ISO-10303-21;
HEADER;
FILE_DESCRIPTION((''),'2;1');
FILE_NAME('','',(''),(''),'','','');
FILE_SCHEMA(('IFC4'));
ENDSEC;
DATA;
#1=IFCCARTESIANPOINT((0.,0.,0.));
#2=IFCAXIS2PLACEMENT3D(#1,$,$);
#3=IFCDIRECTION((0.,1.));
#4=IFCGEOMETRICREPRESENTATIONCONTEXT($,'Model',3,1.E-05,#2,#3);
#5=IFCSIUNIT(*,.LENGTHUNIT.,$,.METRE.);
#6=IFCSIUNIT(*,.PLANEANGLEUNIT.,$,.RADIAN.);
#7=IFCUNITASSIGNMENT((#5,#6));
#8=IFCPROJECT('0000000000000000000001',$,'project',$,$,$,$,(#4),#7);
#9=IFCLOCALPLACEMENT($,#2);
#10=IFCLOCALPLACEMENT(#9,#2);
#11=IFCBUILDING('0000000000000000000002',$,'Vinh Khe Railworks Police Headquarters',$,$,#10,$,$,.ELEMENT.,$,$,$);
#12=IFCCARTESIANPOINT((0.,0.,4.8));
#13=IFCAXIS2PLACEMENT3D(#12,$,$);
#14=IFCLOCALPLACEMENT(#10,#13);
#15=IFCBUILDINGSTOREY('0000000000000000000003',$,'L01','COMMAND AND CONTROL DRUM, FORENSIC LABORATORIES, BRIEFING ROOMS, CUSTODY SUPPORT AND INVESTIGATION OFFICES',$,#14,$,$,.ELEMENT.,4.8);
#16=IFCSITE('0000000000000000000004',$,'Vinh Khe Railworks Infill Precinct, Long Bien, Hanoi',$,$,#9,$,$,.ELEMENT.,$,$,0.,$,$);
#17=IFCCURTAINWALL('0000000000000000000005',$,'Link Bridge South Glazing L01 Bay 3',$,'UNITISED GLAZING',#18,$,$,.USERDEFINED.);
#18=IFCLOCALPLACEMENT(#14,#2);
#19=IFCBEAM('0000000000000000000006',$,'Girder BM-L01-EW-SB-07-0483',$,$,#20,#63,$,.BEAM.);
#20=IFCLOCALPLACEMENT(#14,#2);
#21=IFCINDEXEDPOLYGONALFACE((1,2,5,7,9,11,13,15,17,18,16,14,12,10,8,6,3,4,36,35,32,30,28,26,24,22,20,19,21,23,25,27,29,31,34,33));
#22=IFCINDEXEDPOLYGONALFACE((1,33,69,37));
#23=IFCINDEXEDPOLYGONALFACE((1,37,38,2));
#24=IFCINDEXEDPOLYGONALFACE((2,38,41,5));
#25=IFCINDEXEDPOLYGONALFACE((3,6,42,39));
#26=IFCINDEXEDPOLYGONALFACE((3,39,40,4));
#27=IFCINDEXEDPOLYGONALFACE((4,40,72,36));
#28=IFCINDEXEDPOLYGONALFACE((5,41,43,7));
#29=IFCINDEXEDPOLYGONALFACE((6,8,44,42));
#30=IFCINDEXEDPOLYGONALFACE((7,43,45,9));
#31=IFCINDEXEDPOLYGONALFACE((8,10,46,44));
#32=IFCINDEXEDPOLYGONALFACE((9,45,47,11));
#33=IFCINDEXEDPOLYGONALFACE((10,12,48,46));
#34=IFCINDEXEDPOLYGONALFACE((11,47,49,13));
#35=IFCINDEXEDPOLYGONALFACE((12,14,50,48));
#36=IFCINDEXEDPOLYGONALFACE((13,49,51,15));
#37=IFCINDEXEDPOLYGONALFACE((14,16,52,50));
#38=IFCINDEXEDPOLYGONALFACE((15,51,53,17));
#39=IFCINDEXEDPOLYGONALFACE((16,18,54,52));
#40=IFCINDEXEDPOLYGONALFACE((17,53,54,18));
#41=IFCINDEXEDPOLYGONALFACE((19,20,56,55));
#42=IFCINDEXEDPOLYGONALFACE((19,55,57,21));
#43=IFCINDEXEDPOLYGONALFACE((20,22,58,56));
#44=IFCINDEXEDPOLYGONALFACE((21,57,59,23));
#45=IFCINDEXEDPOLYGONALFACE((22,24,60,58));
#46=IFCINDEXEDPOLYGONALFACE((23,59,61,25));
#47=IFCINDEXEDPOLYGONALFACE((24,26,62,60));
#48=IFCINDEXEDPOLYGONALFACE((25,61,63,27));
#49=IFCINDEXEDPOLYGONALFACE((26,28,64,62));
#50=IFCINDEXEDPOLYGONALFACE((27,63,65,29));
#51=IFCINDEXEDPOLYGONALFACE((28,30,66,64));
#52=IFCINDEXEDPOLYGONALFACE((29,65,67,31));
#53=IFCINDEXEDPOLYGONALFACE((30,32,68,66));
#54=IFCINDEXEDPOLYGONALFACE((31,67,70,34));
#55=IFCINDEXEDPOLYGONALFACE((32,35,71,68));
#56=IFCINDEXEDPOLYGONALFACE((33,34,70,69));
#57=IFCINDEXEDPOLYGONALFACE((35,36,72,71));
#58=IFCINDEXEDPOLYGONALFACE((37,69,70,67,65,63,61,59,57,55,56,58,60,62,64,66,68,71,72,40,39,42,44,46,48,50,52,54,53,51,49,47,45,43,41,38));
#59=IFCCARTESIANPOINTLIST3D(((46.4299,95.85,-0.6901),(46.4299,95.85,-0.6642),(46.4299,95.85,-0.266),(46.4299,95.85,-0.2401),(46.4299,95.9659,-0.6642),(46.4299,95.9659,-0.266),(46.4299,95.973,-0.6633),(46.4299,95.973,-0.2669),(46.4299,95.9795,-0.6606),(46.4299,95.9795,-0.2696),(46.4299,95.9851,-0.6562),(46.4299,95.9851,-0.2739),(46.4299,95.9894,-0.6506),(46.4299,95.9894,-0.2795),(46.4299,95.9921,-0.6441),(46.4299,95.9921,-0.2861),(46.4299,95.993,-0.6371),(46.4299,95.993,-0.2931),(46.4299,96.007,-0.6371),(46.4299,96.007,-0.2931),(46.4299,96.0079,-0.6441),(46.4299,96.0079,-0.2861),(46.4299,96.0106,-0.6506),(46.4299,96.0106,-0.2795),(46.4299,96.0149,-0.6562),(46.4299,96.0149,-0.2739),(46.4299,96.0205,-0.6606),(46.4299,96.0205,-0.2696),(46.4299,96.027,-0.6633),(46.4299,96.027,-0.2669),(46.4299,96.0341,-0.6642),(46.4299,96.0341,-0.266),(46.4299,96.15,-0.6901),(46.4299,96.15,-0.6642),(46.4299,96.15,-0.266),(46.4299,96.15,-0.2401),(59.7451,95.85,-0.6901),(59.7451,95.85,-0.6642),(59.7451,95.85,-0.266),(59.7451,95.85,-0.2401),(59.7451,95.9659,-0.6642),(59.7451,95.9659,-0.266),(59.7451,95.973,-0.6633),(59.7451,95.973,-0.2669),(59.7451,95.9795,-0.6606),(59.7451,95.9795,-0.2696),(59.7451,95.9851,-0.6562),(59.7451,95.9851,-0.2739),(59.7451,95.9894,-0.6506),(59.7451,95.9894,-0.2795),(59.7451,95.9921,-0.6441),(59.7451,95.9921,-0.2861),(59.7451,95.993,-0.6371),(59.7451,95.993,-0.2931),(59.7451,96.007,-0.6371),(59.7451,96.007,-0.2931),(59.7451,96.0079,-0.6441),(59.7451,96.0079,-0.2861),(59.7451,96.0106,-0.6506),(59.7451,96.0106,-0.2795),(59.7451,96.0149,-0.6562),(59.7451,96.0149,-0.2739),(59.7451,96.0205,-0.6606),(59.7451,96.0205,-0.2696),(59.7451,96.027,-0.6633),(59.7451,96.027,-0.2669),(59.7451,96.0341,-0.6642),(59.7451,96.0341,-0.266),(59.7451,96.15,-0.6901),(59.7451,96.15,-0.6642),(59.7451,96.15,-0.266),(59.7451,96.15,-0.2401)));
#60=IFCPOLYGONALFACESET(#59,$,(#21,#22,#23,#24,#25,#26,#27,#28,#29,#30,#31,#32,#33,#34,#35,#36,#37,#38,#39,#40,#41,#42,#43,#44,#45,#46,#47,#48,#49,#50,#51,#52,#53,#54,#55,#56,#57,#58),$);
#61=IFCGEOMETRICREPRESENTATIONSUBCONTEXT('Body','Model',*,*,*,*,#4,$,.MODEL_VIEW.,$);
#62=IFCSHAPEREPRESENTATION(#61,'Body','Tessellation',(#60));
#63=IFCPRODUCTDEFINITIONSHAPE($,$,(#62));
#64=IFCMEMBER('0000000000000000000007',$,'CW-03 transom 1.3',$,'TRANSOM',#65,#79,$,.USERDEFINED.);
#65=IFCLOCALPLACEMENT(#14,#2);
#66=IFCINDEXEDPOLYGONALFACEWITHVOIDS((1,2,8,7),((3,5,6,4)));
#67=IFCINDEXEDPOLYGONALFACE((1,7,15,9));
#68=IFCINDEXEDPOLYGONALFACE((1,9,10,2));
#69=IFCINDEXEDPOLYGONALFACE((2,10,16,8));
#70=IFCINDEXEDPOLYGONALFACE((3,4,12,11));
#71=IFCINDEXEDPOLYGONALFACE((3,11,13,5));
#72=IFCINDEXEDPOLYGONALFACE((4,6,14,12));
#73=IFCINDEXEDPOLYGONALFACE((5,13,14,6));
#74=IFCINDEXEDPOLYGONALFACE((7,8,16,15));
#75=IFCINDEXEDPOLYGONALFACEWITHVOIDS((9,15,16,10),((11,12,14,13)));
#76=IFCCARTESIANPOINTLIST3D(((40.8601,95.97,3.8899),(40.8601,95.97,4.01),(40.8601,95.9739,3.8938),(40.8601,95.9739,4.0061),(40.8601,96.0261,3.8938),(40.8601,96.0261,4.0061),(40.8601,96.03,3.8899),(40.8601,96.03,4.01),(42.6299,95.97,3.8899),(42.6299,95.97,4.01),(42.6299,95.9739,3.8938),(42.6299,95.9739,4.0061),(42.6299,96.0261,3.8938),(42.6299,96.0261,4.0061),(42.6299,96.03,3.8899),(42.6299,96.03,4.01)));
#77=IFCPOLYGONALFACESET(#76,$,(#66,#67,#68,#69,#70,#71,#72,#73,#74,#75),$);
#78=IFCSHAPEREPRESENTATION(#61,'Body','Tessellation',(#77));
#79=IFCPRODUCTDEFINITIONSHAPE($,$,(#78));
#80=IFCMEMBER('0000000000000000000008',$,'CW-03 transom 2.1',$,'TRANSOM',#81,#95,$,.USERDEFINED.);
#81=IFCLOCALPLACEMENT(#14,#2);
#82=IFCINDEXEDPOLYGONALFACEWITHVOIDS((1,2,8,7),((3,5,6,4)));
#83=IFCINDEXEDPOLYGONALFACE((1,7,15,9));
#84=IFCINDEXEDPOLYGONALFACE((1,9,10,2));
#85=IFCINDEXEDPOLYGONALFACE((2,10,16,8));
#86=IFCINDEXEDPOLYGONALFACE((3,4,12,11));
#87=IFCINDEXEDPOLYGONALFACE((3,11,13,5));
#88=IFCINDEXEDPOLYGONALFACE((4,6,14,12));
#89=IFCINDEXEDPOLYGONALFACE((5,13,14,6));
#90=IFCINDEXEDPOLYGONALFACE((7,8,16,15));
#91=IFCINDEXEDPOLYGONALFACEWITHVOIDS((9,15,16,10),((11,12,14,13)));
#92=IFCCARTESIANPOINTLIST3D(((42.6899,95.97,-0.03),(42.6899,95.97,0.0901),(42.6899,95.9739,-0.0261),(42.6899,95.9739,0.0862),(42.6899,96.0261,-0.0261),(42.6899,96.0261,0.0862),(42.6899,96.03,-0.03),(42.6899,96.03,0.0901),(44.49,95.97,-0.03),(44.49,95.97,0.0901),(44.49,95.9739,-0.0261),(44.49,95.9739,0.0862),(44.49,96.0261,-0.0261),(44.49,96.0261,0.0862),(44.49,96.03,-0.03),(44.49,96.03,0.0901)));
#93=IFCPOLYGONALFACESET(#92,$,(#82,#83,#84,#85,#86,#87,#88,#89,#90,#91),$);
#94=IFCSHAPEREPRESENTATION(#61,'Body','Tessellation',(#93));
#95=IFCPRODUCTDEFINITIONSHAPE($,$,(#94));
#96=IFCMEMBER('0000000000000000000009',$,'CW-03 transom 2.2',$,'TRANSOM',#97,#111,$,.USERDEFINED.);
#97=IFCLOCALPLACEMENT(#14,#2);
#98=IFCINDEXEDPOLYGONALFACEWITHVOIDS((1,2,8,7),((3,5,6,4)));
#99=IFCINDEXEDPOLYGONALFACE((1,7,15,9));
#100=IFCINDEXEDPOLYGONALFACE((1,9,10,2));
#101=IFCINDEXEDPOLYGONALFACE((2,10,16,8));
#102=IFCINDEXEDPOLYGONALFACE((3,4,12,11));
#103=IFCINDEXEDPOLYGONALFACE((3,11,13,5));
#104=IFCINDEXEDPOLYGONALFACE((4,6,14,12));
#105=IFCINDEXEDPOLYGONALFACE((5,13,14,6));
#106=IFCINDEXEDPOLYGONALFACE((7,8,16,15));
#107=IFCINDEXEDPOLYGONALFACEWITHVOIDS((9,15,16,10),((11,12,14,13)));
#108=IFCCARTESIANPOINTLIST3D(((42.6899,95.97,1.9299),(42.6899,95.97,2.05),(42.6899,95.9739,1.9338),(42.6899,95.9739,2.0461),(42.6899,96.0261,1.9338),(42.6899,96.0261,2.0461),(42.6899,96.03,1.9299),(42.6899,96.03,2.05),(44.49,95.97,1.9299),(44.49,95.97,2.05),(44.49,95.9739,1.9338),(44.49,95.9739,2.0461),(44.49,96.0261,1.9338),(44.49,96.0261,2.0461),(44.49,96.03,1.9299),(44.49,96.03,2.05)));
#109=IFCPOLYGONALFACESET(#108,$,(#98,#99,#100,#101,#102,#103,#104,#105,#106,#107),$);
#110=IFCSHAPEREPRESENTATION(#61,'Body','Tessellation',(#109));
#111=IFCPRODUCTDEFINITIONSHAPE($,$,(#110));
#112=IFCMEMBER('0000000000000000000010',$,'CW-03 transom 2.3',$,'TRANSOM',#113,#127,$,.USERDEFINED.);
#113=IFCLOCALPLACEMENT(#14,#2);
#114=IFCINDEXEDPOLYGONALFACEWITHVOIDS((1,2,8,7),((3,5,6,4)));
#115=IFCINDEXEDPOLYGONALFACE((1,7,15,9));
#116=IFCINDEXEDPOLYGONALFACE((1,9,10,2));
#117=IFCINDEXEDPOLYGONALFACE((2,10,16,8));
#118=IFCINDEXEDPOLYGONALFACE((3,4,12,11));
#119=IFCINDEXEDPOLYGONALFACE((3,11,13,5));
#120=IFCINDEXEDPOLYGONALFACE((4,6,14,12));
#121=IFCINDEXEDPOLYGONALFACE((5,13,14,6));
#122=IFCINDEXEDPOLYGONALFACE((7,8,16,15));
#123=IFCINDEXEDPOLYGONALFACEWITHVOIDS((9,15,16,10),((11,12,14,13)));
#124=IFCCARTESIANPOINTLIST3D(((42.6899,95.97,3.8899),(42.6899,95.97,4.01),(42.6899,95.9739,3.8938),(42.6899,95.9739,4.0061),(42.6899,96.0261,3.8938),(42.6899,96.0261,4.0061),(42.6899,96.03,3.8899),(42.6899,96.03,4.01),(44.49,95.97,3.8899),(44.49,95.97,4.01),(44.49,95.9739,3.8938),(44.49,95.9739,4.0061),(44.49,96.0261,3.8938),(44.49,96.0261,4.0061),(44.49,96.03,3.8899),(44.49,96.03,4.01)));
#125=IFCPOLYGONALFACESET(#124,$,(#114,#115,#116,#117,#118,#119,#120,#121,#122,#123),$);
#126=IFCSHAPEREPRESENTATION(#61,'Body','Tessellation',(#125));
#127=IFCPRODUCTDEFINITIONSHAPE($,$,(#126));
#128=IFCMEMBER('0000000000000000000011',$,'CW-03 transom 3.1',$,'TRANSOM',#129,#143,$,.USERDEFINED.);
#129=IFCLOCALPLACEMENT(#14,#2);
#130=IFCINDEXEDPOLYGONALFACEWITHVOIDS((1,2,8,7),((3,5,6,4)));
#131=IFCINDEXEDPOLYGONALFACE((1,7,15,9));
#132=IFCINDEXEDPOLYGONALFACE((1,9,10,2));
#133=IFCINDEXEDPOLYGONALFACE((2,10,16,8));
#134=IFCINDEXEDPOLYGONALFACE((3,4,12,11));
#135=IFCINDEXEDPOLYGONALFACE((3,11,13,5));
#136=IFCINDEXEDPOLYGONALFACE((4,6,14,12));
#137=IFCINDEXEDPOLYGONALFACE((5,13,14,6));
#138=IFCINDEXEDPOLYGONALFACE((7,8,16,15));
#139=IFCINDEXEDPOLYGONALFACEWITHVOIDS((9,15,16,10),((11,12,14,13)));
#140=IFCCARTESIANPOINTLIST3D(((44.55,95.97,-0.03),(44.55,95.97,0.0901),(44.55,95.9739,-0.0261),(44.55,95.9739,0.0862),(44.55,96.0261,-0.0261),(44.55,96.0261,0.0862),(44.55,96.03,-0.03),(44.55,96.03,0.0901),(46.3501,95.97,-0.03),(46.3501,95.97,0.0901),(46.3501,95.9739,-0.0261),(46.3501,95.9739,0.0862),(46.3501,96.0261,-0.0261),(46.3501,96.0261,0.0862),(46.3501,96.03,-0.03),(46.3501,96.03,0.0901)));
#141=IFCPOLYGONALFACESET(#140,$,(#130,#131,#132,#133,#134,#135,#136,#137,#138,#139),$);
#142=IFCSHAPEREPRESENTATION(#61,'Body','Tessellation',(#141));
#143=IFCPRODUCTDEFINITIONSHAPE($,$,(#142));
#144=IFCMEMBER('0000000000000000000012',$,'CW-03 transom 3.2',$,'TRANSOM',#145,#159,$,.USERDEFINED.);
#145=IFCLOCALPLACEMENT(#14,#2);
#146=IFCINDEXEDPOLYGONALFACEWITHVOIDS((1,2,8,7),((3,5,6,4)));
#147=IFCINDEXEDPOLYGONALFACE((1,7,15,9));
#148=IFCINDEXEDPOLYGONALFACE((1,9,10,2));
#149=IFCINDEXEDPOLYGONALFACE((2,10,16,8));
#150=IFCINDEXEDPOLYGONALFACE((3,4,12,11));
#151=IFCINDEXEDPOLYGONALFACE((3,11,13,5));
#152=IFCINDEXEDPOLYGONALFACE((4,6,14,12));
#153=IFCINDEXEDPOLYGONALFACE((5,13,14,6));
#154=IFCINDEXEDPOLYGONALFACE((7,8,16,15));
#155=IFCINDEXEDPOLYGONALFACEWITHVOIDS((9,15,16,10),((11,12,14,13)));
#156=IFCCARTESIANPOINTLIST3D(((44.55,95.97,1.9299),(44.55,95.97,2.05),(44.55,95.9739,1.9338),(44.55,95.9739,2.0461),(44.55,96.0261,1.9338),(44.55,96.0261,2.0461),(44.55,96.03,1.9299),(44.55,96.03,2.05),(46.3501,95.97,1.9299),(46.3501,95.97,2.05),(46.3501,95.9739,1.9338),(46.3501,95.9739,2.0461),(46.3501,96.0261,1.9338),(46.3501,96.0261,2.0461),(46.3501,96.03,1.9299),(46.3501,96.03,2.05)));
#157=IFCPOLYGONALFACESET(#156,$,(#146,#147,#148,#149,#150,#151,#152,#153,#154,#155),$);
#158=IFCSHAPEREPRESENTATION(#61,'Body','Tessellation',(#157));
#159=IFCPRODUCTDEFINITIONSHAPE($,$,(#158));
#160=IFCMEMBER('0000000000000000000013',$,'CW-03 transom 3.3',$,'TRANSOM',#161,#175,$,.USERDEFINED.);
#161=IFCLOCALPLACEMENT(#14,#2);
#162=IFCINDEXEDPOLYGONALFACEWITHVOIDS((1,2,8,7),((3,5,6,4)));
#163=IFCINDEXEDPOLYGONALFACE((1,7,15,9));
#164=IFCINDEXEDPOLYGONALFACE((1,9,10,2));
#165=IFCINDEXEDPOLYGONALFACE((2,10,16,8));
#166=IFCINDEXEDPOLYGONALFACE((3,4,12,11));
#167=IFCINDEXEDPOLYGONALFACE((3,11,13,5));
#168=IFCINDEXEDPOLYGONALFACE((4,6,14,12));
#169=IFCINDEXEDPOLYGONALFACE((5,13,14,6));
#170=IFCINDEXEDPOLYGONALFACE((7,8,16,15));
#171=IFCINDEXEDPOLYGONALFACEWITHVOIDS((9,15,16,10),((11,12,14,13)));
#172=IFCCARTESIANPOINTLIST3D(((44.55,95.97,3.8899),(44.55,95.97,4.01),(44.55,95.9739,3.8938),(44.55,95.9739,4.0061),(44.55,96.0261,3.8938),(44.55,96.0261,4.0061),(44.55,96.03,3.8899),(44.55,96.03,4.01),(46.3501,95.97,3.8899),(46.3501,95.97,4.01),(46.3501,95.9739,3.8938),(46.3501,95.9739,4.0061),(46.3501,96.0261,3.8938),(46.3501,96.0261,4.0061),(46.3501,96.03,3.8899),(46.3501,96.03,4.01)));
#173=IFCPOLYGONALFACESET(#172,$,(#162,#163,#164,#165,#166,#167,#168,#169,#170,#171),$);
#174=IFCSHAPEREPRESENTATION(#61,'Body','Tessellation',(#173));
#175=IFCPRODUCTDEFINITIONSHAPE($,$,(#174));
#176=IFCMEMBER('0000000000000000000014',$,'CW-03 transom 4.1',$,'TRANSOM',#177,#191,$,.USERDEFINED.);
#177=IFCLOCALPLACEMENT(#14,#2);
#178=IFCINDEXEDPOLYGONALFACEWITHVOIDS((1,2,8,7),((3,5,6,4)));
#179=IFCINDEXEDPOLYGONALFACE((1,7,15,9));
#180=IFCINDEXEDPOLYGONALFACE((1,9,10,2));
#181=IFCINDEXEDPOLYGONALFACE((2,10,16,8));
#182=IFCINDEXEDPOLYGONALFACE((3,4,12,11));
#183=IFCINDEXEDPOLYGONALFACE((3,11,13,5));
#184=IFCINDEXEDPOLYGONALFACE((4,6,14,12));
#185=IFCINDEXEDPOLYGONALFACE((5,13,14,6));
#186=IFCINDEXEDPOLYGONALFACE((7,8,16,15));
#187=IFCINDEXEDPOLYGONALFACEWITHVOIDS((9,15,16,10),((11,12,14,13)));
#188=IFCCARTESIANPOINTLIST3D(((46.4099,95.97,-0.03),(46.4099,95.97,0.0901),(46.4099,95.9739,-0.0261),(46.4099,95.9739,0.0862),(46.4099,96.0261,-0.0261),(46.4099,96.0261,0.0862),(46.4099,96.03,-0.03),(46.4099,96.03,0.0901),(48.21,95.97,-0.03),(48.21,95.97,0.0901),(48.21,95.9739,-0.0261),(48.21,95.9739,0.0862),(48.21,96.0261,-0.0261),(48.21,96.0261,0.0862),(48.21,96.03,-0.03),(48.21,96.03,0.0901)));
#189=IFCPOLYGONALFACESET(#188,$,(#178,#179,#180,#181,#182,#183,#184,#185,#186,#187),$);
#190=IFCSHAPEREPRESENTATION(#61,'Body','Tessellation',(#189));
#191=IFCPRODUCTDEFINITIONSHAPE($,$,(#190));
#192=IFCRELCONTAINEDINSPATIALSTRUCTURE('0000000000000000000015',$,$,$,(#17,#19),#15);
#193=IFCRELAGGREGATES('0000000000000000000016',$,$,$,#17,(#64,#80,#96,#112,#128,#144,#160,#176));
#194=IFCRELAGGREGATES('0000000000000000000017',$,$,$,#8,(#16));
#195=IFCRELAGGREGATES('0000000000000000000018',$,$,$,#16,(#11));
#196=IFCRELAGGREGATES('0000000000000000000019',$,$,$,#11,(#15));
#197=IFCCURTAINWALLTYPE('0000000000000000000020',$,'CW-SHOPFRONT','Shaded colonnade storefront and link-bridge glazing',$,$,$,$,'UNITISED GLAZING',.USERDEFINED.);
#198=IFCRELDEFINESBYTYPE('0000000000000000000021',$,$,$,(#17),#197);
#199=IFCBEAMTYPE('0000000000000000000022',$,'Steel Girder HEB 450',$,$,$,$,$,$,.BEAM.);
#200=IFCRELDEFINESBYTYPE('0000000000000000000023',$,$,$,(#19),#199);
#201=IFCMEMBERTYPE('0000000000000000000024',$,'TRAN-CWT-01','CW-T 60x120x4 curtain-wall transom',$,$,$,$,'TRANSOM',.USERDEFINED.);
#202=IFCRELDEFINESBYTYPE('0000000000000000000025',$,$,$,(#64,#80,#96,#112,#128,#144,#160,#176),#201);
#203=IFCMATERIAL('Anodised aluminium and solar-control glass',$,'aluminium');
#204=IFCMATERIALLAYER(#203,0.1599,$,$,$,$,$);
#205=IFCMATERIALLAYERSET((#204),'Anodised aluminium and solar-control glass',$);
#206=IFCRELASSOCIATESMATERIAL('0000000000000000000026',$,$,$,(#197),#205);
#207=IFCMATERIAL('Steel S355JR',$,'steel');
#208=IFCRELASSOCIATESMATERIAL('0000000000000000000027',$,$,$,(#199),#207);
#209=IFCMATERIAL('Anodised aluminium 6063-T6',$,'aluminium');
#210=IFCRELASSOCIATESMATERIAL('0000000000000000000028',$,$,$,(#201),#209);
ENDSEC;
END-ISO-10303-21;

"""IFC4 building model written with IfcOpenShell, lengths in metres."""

from ifc_helpers import new_model, si_unit, direction, frame, origin, origin_2d, place, context, subcontext, project, spatial, hollow_rectangle, i_section, extrude, material, layer, layer_set, material_profile, profile_set, type_object, element, aggregate, save


model = new_model("IFC4")

# Units and contexts
model_context = context("Model", 3, precision=1e-05, world=origin(), true_north=direction((0.0, 1.0)))
body_context = subcontext(model_context, "Body", "Model", "MODEL_VIEW")
ifc_project = project(units=[si_unit("LENGTHUNIT", "METRE"), si_unit("PLANEANGLEUNIT", "RADIAN")], contexts=[model_context])

# Site, building, storey
site_placement = place(None, origin())
site = spatial("IfcSite", under=ifc_project, at=site_placement, Name="Vinh Khe Railworks Infill Precinct, Long Bien, Hanoi", CompositionType="ELEMENT", RefElevation=0.0)
building_placement = place(site_placement, origin())
building = spatial("IfcBuilding", under=site, at=building_placement, Name="Vinh Khe Railworks Police Headquarters", CompositionType="ELEMENT")
storey_placement = place(building_placement, frame((0.0, 0.0, 4.8)))
storey = spatial("IfcBuildingStorey", under=building, at=storey_placement, Name="L01", Description="COMMAND AND CONTROL DRUM, FORENSIC LABORATORIES, BRIEFING ROOMS, CUSTODY SUPPORT AND INVESTIGATION OFFICES", CompositionType="ELEMENT", Elevation=4.8)

# Shared definitions
ifc_material_1 = material(Name="Steel S355JR", Category="steel")

# Curtain wall
ifc_material_2 = material(Name="Anodised aluminium and solar-control glass", Category="aluminium")
ifc_layer_1 = layer(ifc_material_2, 0.1599)
ifc_layer_set_1 = layer_set([ifc_layer_1], Name="Anodised aluminium and solar-control glass")
curtain_wall_type = type_object("IfcCurtainWallType", Name="CW-SHOPFRONT", Description="Shaded colonnade storefront and link-bridge glazing", ElementType="UNITISED GLAZING", PredefinedType="USERDEFINED", material=ifc_layer_set_1)
curtain_wall_placement = place(storey_placement, origin())
curtain_wall = element("IfcCurtainWall", 1, at=curtain_wall_placement, inside=storey, type_object=curtain_wall_type, Name="Link Bridge South Glazing L01 Bay 3", ObjectType="UNITISED GLAZING", PredefinedType="USERDEFINED")
ifc_material_3 = material(Name="Anodised aluminium 6063-T6", Category="aluminium")

# Beam
ifc_material_profile_1 = material_profile(ifc_material_1, i_section(OverallWidth=0.3, OverallDepth=0.45, WebThickness=0.0139, FlangeThickness=0.0259, FilletRadius=0.0271, at=origin_2d()), Name="HEB 450")
ifc_profile_set_1 = profile_set([ifc_material_profile_1], Name="Steel S355JR")
beam_type_1 = type_object("IfcBeamType", Name="Steel Girder HEB 450", PredefinedType="BEAM", material=ifc_profile_set_1)
beam_1_placement = place(storey_placement, frame((46.4299, 96.0, -0.4651), z_axis=(1.0, 0.0, 0.0), x_axis=(0.0, 1.0, 0.0)))
element("IfcBeam", 2, at=beam_1_placement, inside=storey, type_object=beam_type_1, Name="Girder BM-L01-EW-SB-07-0483", PredefinedType="BEAM", context=body_context, shape_type="SweptSolid", body=[
    extrude(i_section(OverallWidth=0.3, OverallDepth=0.45, WebThickness=0.0139, FlangeThickness=0.0259, FilletRadius=0.0271, at=origin_2d()), origin(), (0.0, 0.0, 1.0), 13.3152),
])

# Members
ifc_material_profile_2 = material_profile(ifc_material_3, hollow_rectangle(XDim=0.0601, YDim=0.1201, WallThickness=0.0039, at=origin_2d()), Name="CW-T 60x120x4")
ifc_profile_set_2 = profile_set([ifc_material_profile_2], Name="Anodised aluminium 6063-T6")
member_type_1 = type_object("IfcMemberType", Name="TRAN-CWT-01", Description="CW-T 60x120x4 curtain-wall transom", ElementType="TRANSOM", PredefinedType="USERDEFINED", material=ifc_profile_set_2)
member_1_placement = place(storey_placement, frame((40.8601, 96.0, 3.95), z_axis=(1.0, 0.0, 0.0), x_axis=(0.0, 1.0, 0.0)))
member_1 = element("IfcMember", 3, at=member_1_placement, type_object=member_type_1, Name="CW-03 transom 1.3", ObjectType="TRANSOM", PredefinedType="USERDEFINED", context=body_context, shape_type="SweptSolid", body=[
    extrude(hollow_rectangle(XDim=0.0601, YDim=0.1201, WallThickness=0.0039, at=origin_2d()), origin(), (0.0, 0.0, 1.0), 1.7698),
])
member_2_placement = place(storey_placement, frame((42.6899, 96.0, 0.03), z_axis=(1.0, 0.0, 0.0), x_axis=(0.0, 1.0, 0.0)))
member_2 = element("IfcMember", 4, at=member_2_placement, type_object=member_type_1, Name="CW-03 transom 2.1", ObjectType="TRANSOM", PredefinedType="USERDEFINED", context=body_context, shape_type="SweptSolid", body=[
    extrude(hollow_rectangle(XDim=0.0601, YDim=0.1201, WallThickness=0.0039, at=origin_2d()), origin(), (0.0, 0.0, 1.0), 1.8),
])
member_3_placement = place(storey_placement, frame((42.6899, 96.0, 1.99), z_axis=(1.0, 0.0, 0.0), x_axis=(0.0, 1.0, 0.0)))
member_3 = element("IfcMember", 5, at=member_3_placement, type_object=member_type_1, Name="CW-03 transom 2.2", ObjectType="TRANSOM", PredefinedType="USERDEFINED", context=body_context, shape_type="SweptSolid", body=[
    extrude(hollow_rectangle(XDim=0.0601, YDim=0.1201, WallThickness=0.0039, at=origin_2d()), origin(), (0.0, 0.0, 1.0), 1.8),
])
member_4_placement = place(storey_placement, frame((42.6899, 96.0, 3.95), z_axis=(1.0, 0.0, 0.0), x_axis=(0.0, 1.0, 0.0)))
member_4 = element("IfcMember", 6, at=member_4_placement, type_object=member_type_1, Name="CW-03 transom 2.3", ObjectType="TRANSOM", PredefinedType="USERDEFINED", context=body_context, shape_type="SweptSolid", body=[
    extrude(hollow_rectangle(XDim=0.0601, YDim=0.1201, WallThickness=0.0039, at=origin_2d()), origin(), (0.0, 0.0, 1.0), 1.8),
])
member_5_placement = place(storey_placement, frame((44.55, 96.0, 0.03), z_axis=(1.0, 0.0, 0.0), x_axis=(0.0, 1.0, 0.0)))
member_5 = element("IfcMember", 7, at=member_5_placement, type_object=member_type_1, Name="CW-03 transom 3.1", ObjectType="TRANSOM", PredefinedType="USERDEFINED", context=body_context, shape_type="SweptSolid", body=[
    extrude(hollow_rectangle(XDim=0.0601, YDim=0.1201, WallThickness=0.0039, at=origin_2d()), origin(), (0.0, 0.0, 1.0), 1.8),
])
member_6_placement = place(storey_placement, frame((44.55, 96.0, 1.99), z_axis=(1.0, 0.0, 0.0), x_axis=(0.0, 1.0, 0.0)))
member_6 = element("IfcMember", 8, at=member_6_placement, type_object=member_type_1, Name="CW-03 transom 3.2", ObjectType="TRANSOM", PredefinedType="USERDEFINED", context=body_context, shape_type="SweptSolid", body=[
    extrude(hollow_rectangle(XDim=0.0601, YDim=0.1201, WallThickness=0.0039, at=origin_2d()), origin(), (0.0, 0.0, 1.0), 1.8),
])
member_7_placement = place(storey_placement, frame((44.55, 96.0, 3.95), z_axis=(1.0, 0.0, 0.0), x_axis=(0.0, 1.0, 0.0)))
member_7 = element("IfcMember", 9, at=member_7_placement, type_object=member_type_1, Name="CW-03 transom 3.3", ObjectType="TRANSOM", PredefinedType="USERDEFINED", context=body_context, shape_type="SweptSolid", body=[
    extrude(hollow_rectangle(XDim=0.0601, YDim=0.1201, WallThickness=0.0039, at=origin_2d()), origin(), (0.0, 0.0, 1.0), 1.8),
])
member_8_placement = place(storey_placement, frame((46.4099, 96.0, 0.03), z_axis=(1.0, 0.0, 0.0), x_axis=(0.0, 1.0, 0.0)))
member_8 = element("IfcMember", 10, at=member_8_placement, type_object=member_type_1, Name="CW-03 transom 4.1", ObjectType="TRANSOM", PredefinedType="USERDEFINED", context=body_context, shape_type="SweptSolid", body=[
    extrude(hollow_rectangle(XDim=0.0601, YDim=0.1201, WallThickness=0.0039, at=origin_2d()), origin(), (0.0, 0.0, 1.0), 1.8),
])

aggregate(curtain_wall, [member_1, member_2, member_3, member_4, member_5, member_6, member_7, member_8])

save(model, "model.ifc")
